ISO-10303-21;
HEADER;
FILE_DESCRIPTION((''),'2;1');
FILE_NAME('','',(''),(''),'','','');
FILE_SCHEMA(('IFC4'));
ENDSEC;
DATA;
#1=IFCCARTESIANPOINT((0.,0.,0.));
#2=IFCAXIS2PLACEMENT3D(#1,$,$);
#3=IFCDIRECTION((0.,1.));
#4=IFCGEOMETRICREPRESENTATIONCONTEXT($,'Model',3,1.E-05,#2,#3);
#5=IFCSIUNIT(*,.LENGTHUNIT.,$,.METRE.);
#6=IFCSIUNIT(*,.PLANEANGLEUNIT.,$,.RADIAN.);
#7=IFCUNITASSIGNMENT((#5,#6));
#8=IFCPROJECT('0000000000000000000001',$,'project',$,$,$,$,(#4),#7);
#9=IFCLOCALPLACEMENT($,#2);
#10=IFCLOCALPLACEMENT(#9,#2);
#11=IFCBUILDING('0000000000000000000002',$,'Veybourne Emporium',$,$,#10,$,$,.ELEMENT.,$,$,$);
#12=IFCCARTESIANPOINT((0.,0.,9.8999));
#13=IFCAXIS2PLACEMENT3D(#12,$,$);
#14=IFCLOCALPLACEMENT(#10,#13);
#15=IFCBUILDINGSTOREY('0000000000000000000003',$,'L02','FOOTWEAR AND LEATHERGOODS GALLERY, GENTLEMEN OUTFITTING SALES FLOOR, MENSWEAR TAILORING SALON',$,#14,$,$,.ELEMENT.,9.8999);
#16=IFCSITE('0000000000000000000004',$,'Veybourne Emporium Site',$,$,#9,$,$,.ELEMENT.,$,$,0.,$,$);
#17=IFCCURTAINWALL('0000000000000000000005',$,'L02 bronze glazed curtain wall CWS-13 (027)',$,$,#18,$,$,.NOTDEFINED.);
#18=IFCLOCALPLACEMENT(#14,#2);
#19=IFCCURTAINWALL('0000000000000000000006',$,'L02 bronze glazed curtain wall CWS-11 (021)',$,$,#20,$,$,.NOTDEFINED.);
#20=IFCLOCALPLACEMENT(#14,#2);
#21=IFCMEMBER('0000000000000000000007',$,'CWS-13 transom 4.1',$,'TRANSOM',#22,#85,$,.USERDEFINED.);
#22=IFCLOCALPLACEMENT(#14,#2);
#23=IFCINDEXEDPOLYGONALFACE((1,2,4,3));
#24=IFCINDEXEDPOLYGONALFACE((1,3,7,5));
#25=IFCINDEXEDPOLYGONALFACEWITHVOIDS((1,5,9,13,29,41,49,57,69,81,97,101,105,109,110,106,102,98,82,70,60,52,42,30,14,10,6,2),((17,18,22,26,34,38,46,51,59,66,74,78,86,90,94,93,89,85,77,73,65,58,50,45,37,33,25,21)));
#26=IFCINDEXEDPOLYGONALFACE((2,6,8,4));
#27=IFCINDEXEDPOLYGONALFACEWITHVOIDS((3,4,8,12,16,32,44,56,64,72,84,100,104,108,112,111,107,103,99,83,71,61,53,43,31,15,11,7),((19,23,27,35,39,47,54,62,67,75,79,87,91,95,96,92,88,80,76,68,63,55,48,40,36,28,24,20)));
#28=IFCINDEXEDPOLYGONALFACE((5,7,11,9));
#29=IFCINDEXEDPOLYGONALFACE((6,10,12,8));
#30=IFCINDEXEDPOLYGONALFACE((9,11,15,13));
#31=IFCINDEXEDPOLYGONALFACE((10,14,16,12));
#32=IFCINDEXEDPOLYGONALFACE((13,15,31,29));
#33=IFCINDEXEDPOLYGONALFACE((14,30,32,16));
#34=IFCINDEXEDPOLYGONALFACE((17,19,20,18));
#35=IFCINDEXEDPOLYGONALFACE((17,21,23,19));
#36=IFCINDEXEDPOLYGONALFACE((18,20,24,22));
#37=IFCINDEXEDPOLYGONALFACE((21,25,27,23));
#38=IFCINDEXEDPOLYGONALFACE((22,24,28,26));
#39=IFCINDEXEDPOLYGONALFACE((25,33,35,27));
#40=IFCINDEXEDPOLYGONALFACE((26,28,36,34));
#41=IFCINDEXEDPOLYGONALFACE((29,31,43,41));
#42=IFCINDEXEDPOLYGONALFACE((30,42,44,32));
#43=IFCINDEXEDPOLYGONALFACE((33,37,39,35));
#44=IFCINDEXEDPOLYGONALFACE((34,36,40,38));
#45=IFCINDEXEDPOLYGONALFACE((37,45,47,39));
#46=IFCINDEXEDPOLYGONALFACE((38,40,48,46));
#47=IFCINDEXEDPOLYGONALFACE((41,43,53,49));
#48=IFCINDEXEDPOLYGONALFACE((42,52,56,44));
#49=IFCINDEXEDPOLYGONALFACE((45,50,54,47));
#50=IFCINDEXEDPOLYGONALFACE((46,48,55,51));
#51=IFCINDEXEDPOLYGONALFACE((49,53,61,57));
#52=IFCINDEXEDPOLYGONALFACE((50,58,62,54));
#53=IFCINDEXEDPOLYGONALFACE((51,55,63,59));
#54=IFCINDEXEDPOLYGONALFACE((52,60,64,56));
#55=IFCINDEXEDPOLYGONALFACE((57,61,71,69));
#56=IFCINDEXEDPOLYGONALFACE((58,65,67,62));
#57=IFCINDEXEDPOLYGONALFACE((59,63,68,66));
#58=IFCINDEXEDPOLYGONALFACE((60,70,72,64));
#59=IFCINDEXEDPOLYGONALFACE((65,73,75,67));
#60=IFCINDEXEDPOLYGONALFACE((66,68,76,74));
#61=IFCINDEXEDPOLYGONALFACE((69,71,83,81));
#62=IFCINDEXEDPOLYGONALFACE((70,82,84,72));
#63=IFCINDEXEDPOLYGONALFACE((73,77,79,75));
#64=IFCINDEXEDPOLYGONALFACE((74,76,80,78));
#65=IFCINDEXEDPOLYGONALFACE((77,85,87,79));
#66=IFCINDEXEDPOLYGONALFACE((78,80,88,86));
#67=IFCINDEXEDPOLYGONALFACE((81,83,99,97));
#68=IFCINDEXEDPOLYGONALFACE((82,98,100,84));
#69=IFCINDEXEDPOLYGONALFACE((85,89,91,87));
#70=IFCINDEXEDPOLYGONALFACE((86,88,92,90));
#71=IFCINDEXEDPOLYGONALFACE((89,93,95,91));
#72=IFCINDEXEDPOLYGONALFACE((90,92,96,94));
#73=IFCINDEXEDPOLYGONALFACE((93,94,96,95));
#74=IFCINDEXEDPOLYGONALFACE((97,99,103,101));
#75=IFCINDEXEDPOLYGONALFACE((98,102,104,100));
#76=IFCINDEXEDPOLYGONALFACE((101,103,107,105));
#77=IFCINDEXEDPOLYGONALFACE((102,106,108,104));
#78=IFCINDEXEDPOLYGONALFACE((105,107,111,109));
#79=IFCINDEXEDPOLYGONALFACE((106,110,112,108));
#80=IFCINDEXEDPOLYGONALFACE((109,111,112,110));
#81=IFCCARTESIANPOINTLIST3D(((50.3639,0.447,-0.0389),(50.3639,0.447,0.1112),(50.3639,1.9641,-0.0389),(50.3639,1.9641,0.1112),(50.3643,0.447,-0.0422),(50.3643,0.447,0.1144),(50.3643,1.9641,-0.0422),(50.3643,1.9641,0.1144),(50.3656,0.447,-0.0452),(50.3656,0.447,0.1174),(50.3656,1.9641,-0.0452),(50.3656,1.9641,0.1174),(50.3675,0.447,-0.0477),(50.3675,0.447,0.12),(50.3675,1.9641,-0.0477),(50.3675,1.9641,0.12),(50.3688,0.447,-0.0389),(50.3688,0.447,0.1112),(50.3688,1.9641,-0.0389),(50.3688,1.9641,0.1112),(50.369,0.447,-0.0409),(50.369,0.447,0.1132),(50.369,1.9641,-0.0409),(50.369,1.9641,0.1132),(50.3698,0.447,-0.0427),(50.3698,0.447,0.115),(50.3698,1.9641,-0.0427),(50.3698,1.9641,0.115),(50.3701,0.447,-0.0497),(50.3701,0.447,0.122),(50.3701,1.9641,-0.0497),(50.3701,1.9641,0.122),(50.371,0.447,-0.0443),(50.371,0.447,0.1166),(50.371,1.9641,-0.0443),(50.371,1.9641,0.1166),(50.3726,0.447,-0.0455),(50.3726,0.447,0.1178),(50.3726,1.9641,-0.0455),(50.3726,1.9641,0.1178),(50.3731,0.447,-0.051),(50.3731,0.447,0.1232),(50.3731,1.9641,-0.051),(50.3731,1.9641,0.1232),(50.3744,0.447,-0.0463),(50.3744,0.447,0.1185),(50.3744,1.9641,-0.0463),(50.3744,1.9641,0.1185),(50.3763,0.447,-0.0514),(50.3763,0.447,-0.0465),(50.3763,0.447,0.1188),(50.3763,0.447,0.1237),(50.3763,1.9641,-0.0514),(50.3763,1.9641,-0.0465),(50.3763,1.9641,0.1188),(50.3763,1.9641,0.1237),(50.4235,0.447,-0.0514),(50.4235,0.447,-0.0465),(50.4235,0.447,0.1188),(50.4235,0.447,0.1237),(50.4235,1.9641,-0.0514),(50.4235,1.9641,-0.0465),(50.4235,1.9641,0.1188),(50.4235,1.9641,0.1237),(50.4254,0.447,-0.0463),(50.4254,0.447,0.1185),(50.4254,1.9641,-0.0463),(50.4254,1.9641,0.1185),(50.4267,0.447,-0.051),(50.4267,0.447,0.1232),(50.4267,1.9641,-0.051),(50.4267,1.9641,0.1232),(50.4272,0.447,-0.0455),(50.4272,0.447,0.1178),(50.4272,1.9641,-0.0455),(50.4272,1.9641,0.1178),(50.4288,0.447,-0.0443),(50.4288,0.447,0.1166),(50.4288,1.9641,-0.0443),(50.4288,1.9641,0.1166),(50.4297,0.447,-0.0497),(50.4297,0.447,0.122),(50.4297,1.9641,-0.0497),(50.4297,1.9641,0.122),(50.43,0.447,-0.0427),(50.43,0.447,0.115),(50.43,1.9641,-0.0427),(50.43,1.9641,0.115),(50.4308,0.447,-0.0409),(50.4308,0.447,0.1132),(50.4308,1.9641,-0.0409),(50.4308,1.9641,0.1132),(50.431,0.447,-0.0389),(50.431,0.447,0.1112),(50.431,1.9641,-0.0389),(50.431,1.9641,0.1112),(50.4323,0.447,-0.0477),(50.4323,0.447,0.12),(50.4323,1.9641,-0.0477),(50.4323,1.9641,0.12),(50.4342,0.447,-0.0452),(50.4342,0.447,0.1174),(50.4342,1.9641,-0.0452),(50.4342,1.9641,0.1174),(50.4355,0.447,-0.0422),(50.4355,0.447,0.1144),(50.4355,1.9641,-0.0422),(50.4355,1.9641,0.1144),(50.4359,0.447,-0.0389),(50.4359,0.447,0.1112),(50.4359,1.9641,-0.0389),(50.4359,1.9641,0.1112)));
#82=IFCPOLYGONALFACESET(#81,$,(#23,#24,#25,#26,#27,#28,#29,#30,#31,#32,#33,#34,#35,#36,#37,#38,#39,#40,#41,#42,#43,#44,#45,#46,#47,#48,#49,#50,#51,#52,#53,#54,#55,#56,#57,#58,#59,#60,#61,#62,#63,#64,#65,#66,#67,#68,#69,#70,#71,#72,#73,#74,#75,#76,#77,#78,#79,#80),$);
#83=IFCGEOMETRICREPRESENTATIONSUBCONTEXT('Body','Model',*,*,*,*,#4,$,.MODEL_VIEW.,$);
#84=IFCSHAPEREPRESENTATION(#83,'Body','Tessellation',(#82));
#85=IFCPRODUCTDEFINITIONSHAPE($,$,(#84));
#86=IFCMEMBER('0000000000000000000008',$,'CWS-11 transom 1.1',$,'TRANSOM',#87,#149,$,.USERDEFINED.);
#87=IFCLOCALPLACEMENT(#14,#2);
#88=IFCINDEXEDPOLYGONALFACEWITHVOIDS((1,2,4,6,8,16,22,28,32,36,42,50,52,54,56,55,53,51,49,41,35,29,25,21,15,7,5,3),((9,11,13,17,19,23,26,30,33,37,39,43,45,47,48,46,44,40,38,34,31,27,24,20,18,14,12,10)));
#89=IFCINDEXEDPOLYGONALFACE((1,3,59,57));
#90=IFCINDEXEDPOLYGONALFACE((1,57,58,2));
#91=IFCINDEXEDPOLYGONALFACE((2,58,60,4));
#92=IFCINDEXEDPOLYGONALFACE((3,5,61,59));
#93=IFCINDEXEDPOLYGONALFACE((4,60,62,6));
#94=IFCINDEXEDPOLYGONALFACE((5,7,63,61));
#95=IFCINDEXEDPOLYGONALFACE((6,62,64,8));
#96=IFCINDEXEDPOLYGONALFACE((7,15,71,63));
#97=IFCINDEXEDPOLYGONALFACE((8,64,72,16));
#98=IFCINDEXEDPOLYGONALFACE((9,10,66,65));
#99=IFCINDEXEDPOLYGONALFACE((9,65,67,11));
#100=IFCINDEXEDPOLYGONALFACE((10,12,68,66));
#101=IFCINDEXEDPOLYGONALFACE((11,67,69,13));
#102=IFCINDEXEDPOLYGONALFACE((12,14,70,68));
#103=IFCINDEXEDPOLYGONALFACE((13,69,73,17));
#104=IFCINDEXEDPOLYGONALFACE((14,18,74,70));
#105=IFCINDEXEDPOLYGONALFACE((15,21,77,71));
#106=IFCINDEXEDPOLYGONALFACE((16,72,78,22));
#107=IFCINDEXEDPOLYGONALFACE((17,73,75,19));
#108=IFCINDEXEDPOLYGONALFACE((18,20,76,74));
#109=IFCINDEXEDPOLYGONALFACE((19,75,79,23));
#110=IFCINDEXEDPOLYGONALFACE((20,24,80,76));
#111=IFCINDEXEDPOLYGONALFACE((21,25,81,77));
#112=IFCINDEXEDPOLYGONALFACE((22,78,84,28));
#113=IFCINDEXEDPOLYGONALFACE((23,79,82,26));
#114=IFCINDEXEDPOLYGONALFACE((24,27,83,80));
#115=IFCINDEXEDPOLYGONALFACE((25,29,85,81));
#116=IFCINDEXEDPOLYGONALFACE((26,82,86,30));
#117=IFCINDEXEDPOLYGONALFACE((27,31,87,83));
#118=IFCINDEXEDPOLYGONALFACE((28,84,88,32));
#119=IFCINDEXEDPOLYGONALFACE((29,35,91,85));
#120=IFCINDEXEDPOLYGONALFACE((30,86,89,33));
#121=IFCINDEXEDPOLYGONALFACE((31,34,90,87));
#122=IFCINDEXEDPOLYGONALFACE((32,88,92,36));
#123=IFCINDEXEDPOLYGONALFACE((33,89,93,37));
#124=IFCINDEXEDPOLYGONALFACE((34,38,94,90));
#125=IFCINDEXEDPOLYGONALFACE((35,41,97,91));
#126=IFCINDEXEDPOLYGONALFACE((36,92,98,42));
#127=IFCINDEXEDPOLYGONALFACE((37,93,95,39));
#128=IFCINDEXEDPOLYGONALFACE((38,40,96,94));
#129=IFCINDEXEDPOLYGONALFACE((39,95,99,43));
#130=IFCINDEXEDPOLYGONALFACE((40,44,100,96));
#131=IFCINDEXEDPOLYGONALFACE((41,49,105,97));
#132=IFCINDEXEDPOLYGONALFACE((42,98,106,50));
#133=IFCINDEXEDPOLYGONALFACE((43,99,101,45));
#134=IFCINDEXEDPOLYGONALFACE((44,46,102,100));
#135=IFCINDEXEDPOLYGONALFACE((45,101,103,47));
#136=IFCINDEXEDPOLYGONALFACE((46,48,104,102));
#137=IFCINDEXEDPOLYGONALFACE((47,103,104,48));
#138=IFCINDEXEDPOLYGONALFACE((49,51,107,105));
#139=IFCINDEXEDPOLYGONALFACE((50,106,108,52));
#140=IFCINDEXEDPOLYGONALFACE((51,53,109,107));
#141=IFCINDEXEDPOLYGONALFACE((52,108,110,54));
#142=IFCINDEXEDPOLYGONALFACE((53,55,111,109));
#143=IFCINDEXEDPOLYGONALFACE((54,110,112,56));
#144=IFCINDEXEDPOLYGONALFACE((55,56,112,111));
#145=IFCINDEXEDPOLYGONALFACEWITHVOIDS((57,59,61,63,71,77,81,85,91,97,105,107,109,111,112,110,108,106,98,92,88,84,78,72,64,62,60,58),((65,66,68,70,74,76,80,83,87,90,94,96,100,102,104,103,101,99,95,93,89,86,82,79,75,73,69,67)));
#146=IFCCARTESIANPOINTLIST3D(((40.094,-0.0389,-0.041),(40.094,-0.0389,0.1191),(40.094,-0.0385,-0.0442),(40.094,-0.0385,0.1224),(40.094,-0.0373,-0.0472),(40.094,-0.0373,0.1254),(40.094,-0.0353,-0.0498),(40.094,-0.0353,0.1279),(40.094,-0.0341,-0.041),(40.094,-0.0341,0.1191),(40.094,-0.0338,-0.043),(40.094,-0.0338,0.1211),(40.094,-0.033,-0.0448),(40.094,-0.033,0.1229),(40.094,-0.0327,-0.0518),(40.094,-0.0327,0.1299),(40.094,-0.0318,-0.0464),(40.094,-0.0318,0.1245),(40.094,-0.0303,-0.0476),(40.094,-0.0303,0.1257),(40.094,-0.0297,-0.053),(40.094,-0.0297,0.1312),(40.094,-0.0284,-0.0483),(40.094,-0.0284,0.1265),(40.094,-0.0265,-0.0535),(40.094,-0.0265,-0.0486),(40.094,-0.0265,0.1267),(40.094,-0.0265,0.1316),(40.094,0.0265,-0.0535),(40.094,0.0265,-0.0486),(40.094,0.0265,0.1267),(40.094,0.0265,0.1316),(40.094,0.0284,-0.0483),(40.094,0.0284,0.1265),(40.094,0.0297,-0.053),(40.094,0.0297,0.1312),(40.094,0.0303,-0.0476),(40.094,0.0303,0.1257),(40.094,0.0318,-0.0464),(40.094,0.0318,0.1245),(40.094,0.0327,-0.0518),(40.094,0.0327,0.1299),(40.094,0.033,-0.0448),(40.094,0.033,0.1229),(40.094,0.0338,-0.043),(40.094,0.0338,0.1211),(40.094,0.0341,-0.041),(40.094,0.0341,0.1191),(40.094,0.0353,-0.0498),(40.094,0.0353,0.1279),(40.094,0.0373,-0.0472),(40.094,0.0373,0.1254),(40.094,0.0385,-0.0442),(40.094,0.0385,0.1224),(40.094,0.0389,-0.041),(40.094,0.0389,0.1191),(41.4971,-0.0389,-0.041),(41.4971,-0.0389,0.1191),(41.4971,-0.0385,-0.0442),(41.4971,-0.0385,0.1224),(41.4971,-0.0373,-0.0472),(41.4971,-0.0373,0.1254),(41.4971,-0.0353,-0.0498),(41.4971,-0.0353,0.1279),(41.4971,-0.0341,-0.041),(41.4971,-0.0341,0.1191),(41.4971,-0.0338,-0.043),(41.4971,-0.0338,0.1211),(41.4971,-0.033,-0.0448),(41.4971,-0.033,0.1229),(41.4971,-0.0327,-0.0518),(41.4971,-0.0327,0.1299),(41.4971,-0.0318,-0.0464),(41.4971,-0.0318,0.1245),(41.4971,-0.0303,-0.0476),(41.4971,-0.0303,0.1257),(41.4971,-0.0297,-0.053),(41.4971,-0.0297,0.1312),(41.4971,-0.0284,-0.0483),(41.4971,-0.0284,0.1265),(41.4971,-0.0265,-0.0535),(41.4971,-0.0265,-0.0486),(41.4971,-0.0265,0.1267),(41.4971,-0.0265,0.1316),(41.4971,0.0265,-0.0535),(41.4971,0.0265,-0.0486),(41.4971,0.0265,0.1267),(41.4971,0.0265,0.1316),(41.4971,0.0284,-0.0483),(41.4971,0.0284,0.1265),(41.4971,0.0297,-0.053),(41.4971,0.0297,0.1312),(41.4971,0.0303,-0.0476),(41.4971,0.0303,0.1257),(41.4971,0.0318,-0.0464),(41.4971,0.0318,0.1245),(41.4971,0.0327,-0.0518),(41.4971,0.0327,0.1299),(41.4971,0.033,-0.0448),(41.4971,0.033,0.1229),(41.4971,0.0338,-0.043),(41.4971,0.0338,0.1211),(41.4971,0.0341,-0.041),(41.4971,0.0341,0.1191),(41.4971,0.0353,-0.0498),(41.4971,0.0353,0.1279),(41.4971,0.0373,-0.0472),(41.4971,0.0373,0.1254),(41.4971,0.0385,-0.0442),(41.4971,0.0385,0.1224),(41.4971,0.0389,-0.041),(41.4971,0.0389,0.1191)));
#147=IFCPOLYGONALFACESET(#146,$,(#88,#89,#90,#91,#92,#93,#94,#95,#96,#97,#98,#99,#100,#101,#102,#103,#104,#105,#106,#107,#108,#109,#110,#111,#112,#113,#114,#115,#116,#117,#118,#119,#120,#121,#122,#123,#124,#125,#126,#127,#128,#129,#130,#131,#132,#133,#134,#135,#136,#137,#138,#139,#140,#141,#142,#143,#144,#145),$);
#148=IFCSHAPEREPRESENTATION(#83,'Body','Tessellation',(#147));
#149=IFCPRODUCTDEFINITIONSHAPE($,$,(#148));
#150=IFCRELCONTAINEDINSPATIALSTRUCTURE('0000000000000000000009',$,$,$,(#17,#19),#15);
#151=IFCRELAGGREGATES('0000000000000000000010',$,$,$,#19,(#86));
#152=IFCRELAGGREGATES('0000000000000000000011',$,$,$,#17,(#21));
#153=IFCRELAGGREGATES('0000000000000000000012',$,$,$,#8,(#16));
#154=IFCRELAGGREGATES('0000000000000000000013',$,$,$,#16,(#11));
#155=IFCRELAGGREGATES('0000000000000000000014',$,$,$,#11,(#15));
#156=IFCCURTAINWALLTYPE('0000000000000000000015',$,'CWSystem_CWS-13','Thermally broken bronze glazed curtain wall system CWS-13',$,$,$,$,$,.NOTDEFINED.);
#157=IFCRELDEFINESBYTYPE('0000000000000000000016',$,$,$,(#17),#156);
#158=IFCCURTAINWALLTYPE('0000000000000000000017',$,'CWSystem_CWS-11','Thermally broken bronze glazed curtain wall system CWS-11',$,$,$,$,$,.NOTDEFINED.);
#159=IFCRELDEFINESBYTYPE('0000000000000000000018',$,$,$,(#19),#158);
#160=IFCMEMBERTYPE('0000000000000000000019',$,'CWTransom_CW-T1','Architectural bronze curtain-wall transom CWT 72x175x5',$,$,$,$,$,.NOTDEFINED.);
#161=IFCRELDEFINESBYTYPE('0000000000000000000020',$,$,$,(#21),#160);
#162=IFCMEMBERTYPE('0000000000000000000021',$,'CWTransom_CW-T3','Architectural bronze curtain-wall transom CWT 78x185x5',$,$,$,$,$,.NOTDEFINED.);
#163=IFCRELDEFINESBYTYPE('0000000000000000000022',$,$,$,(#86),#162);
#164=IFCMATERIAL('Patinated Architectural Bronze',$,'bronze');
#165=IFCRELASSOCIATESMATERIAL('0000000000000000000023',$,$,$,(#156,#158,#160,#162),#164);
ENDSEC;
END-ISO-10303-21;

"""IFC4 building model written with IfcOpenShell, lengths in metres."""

from ifc_helpers import new_model, si_unit, direction, frame, origin, origin_2d, place, context, subcontext, project, spatial, hollow_rectangle, extrude, material, material_profile, profile_set, type_object, element, aggregate, save


model = new_model("IFC4")

# Units and contexts
model_context = context("Model", 3, precision=1e-05, world=origin(), true_north=direction((0.0, 1.0)))
body_context = subcontext(model_context, "Body", "Model", "MODEL_VIEW")
ifc_project = project(units=[si_unit("LENGTHUNIT", "METRE"), si_unit("PLANEANGLEUNIT", "RADIAN")], contexts=[model_context])

# Site, building, storey
site_placement = place(None, origin())
site = spatial("IfcSite", under=ifc_project, at=site_placement, Name="Veybourne Emporium Site", CompositionType="ELEMENT", RefElevation=0.0)
building_placement = place(site_placement, origin())
building = spatial("IfcBuilding", under=site, at=building_placement, Name="Veybourne Emporium", CompositionType="ELEMENT")
storey_placement = place(building_placement, frame((0.0, 0.0, 9.8999)))
storey = spatial("IfcBuildingStorey", under=building, at=storey_placement, Name="L02", Description="FOOTWEAR AND LEATHERGOODS GALLERY, GENTLEMEN OUTFITTING SALES FLOOR, MENSWEAR TAILORING SALON", CompositionType="ELEMENT", Elevation=9.8999)

# Curtain wall
ifc_material_1 = material(Name="Patinated Architectural Bronze", Category="bronze")
curtain_wall_type_1 = type_object("IfcCurtainWallType", Name="CWSystem_CWS-13", Description="Thermally broken bronze glazed curtain wall system CWS-13", PredefinedType="NOTDEFINED", material=ifc_material_1)
curtain_wall_1_placement = place(storey_placement, origin())
curtain_wall_1 = element("IfcCurtainWall", 1, at=curtain_wall_1_placement, inside=storey, type_object=curtain_wall_type_1, Name="L02 bronze glazed curtain wall CWS-13 (027)", PredefinedType="NOTDEFINED")

# Curtain wall
curtain_wall_type_2 = type_object("IfcCurtainWallType", Name="CWSystem_CWS-11", Description="Thermally broken bronze glazed curtain wall system CWS-11", PredefinedType="NOTDEFINED", material=ifc_material_1)
curtain_wall_2_placement = place(storey_placement, origin())
curtain_wall_2 = element("IfcCurtainWall", 2, at=curtain_wall_2_placement, inside=storey, type_object=curtain_wall_type_2, Name="L02 bronze glazed curtain wall CWS-11 (021)", PredefinedType="NOTDEFINED")

# Members
ifc_material_profile_1 = material_profile(ifc_material_1, hollow_rectangle(XDim=0.072, YDim=0.175, WallThickness=0.0049, InnerFilletRadius=0.0076, OuterFilletRadius=0.0125, at=origin_2d()), Name="CWT 72x175x5")
ifc_profile_set_1 = profile_set([ifc_material_profile_1], Name="Patinated Architectural Bronze")
member_type_1 = type_object("IfcMemberType", Name="CWTransom_CW-T1", Description="Architectural bronze curtain-wall transom CWT 72x175x5", PredefinedType="NOTDEFINED", material=ifc_profile_set_1)
member_1_placement = place(storey_placement, frame((50.3999, 1.9641, 0.0361), z_axis=(0.0, -1.0, 0.0), x_axis=(1.0, 0.0, 0.0)))
member_1 = element("IfcMember", 3, at=member_1_placement, type_object=member_type_1, Name="CWS-13 transom 4.1", ObjectType="TRANSOM", PredefinedType="USERDEFINED", context=body_context, shape_type="SweptSolid", body=[
    extrude(hollow_rectangle(XDim=0.072, YDim=0.175, WallThickness=0.0049, InnerFilletRadius=0.0076, OuterFilletRadius=0.0125, at=origin_2d()), origin(), (0.0, 0.0, 1.0), 1.5171),
])
ifc_material_profile_2 = material_profile(ifc_material_1, hollow_rectangle(XDim=0.0779, YDim=0.1851, WallThickness=0.0049, InnerFilletRadius=0.0076, OuterFilletRadius=0.0125, at=origin_2d()), Name="CWT 78x185x5")
ifc_profile_set_2 = profile_set([ifc_material_profile_2], Name="Patinated Architectural Bronze")
member_type_2 = type_object("IfcMemberType", Name="CWTransom_CW-T3", Description="Architectural bronze curtain-wall transom CWT 78x185x5", PredefinedType="NOTDEFINED", material=ifc_profile_set_2)
member_2_placement = place(storey_placement, frame((41.4971, 0.0, 0.0391), z_axis=(-1.0, 0.0, 0.0), x_axis=(0.0, -1.0, 0.0)))
member_2 = element("IfcMember", 4, at=member_2_placement, type_object=member_type_2, Name="CWS-11 transom 1.1", ObjectType="TRANSOM", PredefinedType="USERDEFINED", context=body_context, shape_type="SweptSolid", body=[
    extrude(hollow_rectangle(XDim=0.0779, YDim=0.1851, WallThickness=0.0049, InnerFilletRadius=0.0076, OuterFilletRadius=0.0125, at=origin_2d()), origin(), (0.0, 0.0, 1.0), 1.4031),
])

aggregate(curtain_wall_2, [member_2])
aggregate(curtain_wall_1, [member_1])

save(model, "model.ifc")
